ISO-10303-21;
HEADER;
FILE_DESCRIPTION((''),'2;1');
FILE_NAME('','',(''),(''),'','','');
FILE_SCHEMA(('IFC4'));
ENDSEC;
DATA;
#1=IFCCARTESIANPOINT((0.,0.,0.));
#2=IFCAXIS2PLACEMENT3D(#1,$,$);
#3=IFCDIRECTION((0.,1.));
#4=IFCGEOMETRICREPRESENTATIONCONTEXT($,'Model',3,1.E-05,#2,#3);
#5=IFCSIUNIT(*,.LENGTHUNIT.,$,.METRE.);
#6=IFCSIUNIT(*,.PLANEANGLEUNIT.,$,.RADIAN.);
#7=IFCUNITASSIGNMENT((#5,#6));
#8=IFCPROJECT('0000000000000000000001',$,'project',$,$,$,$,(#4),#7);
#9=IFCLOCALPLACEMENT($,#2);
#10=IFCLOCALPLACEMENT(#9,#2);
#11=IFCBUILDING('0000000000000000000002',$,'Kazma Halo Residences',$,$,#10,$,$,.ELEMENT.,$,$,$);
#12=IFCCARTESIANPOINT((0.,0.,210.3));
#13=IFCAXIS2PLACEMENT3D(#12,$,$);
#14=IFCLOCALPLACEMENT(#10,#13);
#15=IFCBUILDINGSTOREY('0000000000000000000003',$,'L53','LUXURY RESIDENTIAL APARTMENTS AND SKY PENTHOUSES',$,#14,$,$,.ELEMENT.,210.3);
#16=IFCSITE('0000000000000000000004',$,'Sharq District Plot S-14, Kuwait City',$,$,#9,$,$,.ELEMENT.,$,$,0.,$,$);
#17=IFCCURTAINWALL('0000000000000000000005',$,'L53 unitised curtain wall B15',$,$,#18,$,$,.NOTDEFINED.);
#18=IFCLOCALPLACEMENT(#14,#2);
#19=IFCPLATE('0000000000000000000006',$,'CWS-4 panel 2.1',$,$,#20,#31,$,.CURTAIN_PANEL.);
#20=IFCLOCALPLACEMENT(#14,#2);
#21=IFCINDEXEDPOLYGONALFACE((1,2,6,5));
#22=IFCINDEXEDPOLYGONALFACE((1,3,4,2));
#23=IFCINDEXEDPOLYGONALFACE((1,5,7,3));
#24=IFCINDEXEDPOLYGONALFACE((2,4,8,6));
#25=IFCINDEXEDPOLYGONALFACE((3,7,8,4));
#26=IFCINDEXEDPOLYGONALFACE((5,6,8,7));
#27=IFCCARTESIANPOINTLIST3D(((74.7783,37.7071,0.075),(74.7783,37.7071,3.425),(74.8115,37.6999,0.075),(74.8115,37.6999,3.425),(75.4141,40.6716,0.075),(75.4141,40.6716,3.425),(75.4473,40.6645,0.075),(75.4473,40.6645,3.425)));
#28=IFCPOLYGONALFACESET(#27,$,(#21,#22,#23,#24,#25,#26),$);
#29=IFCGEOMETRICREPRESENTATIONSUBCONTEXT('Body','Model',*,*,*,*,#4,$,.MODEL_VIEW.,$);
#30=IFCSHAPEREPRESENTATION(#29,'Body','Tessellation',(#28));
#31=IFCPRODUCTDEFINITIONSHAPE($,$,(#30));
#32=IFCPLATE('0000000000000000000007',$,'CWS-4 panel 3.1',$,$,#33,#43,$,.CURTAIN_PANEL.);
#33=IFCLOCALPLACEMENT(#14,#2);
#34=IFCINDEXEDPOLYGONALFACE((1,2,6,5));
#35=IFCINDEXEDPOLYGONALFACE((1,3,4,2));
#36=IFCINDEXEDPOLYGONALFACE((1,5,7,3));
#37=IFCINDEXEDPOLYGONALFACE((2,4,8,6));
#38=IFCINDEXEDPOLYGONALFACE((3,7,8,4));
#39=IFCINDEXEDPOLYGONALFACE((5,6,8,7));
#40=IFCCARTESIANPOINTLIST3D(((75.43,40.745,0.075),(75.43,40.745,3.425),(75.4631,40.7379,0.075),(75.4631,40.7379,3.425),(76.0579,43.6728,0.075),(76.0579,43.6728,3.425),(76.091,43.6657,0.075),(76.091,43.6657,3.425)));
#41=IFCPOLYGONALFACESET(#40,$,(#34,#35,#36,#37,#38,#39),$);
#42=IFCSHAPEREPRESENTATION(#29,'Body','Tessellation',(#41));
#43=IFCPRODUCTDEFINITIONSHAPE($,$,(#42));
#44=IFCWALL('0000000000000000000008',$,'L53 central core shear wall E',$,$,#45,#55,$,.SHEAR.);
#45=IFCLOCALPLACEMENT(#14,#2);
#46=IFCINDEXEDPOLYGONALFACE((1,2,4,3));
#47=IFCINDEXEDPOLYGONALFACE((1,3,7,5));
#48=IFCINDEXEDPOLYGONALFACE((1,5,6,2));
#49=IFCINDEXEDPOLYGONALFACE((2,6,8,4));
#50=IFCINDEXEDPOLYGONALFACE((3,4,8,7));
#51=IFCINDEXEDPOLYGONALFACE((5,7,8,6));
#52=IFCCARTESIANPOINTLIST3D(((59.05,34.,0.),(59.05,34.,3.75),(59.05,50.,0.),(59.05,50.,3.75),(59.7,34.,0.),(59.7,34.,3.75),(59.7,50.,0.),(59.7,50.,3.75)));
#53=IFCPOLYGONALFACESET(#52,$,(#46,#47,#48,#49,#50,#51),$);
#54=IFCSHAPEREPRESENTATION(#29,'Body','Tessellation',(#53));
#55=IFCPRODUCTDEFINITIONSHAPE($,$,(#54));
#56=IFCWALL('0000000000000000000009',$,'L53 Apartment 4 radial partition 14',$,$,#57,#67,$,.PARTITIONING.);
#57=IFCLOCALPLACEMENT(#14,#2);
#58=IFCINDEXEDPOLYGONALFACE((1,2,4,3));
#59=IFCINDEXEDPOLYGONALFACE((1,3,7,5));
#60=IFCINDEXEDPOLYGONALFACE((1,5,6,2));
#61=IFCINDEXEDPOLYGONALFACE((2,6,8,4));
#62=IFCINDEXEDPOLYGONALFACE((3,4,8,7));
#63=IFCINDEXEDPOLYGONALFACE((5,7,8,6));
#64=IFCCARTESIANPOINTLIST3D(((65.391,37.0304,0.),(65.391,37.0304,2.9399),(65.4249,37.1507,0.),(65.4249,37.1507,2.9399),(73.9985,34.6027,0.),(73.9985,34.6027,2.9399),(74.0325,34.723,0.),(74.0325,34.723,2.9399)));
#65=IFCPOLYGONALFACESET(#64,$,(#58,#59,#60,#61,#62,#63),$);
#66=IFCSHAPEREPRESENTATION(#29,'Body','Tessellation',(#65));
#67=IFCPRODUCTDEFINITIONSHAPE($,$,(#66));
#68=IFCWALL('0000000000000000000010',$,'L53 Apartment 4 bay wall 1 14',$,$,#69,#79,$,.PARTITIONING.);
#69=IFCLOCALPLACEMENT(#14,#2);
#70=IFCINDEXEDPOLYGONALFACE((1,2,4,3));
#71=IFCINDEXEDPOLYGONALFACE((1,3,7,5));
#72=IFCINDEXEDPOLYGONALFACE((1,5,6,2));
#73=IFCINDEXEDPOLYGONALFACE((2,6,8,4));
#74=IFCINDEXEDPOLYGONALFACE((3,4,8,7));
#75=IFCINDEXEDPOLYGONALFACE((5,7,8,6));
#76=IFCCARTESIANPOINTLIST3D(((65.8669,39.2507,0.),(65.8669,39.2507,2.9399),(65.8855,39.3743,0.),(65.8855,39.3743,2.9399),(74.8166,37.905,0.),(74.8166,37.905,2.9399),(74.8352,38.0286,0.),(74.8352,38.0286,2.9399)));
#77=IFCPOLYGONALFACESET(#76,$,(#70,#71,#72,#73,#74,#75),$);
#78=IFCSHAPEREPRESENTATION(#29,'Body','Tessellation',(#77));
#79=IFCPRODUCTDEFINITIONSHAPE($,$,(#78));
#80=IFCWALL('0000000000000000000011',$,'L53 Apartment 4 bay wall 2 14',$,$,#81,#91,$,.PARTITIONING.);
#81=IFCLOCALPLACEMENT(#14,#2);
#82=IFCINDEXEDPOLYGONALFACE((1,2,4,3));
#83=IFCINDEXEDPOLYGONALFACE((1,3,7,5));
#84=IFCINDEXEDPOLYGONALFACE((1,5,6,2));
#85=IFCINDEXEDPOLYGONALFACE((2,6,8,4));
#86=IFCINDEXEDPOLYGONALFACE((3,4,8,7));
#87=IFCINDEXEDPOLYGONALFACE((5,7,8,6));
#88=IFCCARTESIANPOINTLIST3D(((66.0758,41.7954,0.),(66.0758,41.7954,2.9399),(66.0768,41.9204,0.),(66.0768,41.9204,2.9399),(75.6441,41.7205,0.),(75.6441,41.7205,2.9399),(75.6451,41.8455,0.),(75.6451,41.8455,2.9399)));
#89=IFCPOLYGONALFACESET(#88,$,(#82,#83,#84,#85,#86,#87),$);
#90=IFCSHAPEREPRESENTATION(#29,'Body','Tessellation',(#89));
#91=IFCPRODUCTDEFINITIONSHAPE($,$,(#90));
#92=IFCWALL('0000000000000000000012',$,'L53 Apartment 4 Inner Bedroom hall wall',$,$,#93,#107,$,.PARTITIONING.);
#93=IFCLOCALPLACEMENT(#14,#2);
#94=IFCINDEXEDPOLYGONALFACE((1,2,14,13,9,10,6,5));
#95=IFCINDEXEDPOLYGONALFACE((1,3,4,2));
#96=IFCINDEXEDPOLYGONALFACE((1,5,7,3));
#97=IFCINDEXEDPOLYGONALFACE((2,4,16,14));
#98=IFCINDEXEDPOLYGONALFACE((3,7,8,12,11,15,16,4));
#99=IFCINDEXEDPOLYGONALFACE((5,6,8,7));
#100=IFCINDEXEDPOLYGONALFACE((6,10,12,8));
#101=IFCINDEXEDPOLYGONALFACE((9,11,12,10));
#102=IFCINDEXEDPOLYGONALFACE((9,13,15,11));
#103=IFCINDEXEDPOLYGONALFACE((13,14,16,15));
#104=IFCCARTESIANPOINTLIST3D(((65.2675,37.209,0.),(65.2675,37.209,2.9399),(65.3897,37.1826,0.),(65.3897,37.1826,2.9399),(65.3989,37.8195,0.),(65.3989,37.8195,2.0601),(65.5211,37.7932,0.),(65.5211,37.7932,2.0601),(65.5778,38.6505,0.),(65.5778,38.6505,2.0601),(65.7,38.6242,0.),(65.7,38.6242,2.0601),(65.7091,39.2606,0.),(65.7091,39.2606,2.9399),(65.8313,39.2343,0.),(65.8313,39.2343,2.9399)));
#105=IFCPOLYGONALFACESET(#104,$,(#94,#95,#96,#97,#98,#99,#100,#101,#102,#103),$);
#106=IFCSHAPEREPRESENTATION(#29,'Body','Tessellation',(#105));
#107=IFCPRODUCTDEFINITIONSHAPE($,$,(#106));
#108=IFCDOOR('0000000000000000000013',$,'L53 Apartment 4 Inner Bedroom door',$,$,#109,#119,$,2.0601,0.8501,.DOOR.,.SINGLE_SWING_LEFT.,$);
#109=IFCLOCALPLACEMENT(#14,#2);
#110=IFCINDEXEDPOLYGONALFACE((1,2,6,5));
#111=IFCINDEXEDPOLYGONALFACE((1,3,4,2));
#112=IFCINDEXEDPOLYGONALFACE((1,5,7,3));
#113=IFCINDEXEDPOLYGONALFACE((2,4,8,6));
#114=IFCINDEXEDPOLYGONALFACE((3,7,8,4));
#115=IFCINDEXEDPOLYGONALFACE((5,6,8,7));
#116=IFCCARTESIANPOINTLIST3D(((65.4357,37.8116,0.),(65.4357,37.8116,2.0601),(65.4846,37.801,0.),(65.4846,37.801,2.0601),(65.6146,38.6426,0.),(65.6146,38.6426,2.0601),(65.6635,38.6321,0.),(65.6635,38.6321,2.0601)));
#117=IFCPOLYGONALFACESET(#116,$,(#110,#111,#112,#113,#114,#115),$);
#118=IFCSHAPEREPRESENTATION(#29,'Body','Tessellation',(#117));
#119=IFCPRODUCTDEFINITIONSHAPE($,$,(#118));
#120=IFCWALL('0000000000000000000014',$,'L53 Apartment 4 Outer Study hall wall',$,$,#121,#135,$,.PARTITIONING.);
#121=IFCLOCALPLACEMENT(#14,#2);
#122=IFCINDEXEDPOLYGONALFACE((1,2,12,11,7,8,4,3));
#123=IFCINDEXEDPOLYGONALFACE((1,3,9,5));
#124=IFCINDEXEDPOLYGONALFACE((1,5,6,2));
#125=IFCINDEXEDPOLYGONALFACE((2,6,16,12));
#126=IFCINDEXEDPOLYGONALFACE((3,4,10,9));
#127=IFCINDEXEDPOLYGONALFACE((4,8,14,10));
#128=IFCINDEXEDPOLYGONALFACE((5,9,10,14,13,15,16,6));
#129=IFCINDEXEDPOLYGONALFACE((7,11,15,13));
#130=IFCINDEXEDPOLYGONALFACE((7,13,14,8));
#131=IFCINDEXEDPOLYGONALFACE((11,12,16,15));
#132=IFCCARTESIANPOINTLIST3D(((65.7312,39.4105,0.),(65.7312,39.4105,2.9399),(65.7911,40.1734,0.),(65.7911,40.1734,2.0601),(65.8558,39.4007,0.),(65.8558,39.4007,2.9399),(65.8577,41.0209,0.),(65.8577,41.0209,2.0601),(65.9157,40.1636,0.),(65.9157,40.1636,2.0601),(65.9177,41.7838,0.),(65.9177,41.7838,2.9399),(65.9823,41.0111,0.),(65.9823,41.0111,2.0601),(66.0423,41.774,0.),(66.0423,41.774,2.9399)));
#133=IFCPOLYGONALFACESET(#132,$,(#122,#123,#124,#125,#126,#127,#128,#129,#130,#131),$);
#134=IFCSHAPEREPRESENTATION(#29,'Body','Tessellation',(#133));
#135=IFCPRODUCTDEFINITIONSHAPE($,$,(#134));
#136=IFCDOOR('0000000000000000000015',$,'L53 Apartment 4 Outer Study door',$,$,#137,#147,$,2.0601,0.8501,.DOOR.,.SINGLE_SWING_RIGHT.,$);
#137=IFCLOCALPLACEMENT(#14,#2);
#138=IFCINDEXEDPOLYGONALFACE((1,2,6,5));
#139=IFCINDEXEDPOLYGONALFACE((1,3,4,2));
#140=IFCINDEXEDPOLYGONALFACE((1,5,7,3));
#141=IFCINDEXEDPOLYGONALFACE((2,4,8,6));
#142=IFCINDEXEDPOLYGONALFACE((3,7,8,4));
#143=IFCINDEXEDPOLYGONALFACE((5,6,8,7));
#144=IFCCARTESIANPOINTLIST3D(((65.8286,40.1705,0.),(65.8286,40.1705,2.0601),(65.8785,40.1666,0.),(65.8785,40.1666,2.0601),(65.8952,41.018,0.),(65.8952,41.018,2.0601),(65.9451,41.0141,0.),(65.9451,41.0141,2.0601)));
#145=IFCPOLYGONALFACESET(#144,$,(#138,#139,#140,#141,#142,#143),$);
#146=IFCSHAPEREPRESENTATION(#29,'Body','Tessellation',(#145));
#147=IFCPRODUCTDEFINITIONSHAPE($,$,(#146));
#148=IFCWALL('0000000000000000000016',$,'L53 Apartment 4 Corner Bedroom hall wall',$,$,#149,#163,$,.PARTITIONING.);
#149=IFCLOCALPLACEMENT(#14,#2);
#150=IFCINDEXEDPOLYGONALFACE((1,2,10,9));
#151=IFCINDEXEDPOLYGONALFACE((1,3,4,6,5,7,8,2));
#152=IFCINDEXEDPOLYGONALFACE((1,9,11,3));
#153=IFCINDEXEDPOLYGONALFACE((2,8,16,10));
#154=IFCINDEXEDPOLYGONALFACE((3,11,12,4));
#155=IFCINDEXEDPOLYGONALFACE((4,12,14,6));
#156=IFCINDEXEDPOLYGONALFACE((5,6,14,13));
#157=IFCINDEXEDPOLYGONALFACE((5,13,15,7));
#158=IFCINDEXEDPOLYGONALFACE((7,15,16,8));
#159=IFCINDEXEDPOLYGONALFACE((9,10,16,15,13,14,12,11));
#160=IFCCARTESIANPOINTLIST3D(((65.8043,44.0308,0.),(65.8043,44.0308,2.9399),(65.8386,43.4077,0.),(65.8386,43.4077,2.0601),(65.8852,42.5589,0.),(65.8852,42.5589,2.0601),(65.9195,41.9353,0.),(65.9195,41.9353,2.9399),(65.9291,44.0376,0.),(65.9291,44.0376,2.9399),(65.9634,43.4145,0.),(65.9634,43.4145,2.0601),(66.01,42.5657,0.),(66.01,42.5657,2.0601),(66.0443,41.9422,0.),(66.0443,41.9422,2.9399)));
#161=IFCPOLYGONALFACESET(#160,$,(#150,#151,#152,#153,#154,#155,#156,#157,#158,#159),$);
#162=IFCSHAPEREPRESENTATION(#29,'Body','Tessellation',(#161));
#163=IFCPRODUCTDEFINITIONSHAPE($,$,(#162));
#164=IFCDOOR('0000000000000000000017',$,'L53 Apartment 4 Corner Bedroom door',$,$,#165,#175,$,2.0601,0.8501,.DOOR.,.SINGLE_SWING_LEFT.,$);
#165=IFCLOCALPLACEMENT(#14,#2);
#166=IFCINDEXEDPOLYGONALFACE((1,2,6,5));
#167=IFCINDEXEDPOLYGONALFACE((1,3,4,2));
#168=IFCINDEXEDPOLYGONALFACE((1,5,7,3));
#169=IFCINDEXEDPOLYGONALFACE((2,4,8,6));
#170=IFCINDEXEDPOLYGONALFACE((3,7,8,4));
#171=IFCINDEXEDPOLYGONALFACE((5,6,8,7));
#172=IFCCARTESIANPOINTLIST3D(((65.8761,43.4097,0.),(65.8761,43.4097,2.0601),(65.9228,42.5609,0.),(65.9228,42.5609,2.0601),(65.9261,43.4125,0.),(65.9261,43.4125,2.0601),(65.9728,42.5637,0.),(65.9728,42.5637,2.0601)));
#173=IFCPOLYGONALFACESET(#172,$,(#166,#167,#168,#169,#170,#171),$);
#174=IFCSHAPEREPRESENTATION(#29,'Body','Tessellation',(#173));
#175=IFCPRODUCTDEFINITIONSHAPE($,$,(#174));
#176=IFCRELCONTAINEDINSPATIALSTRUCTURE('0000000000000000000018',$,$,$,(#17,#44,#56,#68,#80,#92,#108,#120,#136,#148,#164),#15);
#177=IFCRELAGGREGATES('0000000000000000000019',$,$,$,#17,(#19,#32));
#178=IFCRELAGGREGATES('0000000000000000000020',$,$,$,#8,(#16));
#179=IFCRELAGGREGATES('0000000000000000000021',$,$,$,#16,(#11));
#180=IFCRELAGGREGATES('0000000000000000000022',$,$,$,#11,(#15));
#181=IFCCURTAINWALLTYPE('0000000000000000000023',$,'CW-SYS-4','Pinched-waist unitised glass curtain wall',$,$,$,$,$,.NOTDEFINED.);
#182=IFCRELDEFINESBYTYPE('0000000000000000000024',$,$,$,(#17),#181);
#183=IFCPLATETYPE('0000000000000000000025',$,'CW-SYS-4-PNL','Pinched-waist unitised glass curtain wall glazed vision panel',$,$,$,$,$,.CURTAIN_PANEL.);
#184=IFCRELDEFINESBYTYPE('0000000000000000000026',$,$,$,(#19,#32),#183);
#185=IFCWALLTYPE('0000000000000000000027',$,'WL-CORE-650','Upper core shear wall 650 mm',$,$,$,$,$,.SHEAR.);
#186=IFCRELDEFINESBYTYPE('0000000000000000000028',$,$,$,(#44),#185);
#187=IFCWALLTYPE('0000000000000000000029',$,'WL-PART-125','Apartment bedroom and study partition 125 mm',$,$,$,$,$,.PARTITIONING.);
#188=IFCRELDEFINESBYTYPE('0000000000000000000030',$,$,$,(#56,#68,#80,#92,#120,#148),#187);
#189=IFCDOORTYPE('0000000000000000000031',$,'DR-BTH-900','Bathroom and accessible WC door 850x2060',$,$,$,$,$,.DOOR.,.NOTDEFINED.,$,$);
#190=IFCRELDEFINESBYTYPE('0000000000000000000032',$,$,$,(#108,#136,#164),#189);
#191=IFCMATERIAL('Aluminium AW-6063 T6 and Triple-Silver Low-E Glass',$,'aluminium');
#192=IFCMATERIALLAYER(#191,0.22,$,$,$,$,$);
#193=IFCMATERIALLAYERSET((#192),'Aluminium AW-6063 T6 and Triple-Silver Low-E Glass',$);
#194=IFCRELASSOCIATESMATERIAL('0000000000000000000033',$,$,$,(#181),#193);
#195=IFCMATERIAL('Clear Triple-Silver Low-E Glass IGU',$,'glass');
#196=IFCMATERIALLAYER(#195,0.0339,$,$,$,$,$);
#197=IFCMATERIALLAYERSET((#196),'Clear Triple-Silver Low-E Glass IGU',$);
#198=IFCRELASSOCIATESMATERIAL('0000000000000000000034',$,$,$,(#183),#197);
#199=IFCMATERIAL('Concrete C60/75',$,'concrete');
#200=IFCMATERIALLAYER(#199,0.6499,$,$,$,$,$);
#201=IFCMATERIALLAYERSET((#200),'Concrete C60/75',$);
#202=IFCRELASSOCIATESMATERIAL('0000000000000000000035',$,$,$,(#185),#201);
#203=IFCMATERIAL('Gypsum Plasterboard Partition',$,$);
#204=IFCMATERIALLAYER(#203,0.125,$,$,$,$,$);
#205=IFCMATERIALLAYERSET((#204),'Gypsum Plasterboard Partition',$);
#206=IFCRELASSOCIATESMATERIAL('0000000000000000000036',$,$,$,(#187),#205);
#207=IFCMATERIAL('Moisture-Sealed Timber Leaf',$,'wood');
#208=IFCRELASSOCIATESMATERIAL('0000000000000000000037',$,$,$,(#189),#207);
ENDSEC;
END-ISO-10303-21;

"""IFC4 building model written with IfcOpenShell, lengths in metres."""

from ifc_helpers import new_model, si_unit, direction, frame, frame_2d, origin, origin_2d, place, context, subcontext, project, spatial, rectangle, extrude, material, layer, layer_set, type_object, element, fill, aggregate, save


model = new_model("IFC4")

# Units and contexts
model_context = context("Model", 3, precision=1e-05, world=origin(), true_north=direction((0.0, 1.0)))
body_context = subcontext(model_context, "Body", "Model", "MODEL_VIEW")
ifc_project = project(units=[si_unit("LENGTHUNIT", "METRE"), si_unit("PLANEANGLEUNIT", "RADIAN")], contexts=[model_context])

# Site, building, storey
site_placement = place(None, origin())
site = spatial("IfcSite", under=ifc_project, at=site_placement, Name="Sharq District Plot S-14, Kuwait City", CompositionType="ELEMENT", RefElevation=0.0)
building_placement = place(site_placement, origin())
building = spatial("IfcBuilding", under=site, at=building_placement, Name="Kazma Halo Residences", CompositionType="ELEMENT")
storey_placement = place(building_placement, frame((0.0, 0.0, 210.3)))
storey = spatial("IfcBuildingStorey", under=building, at=storey_placement, Name="L53", Description="LUXURY RESIDENTIAL APARTMENTS AND SKY PENTHOUSES", CompositionType="ELEMENT", Elevation=210.3)

# Curtain wall, plates
ifc_material_1 = material(Name="Aluminium AW-6063 T6 and Triple-Silver Low-E Glass", Category="aluminium")
ifc_layer_1 = layer(ifc_material_1, 0.22)
ifc_layer_set_1 = layer_set([ifc_layer_1], Name="Aluminium AW-6063 T6 and Triple-Silver Low-E Glass")
curtain_wall_type = type_object("IfcCurtainWallType", Name="CW-SYS-4", Description="Pinched-waist unitised glass curtain wall", PredefinedType="NOTDEFINED", material=ifc_layer_set_1)
curtain_wall_placement = place(storey_placement, origin())
curtain_wall = element("IfcCurtainWall", 1, at=curtain_wall_placement, inside=storey, type_object=curtain_wall_type, Name="L53 unitised curtain wall B15", PredefinedType="NOTDEFINED")
ifc_material_2 = material(Name="Clear Triple-Silver Low-E Glass IGU", Category="glass")
ifc_layer_2 = layer(ifc_material_2, 0.0339)
ifc_layer_set_2 = layer_set([ifc_layer_2], Name="Clear Triple-Silver Low-E Glass IGU")
plate_type = type_object("IfcPlateType", Name="CW-SYS-4-PNL", Description="Pinched-waist unitised glass curtain wall glazed vision panel", PredefinedType="CURTAIN_PANEL", material=ifc_layer_set_2)
plate_1_placement = place(storey_placement, frame((75.1128, 39.1858, 0.075), z_axis=(0.0, 0.0, 1.0), x_axis=(0.20969, 0.977768, 0.0)))
plate_1 = element("IfcPlate", 2, at=plate_1_placement, type_object=plate_type, Name="CWS-4 panel 2.1", PredefinedType="CURTAIN_PANEL", context=body_context, shape_type="SweptSolid", body=[
    extrude(rectangle(XDim=3.032, YDim=0.0339, at=origin_2d()), origin(), (0.0, 0.0, 1.0), 3.3501),
])
plate_2_placement = place(storey_placement, frame((75.7605, 42.2053, 0.075), z_axis=(0.0, 0.0, 1.0), x_axis=(0.20969, 0.977768, 0.0)))
plate_2 = element("IfcPlate", 3, at=plate_2_placement, type_object=plate_type, Name="CWS-4 panel 3.1", PredefinedType="CURTAIN_PANEL", context=body_context, shape_type="SweptSolid", body=[
    extrude(rectangle(XDim=2.9944, YDim=0.0339, at=origin_2d()), origin(), (0.0, 0.0, 1.0), 3.3501),
])
aggregate(curtain_wall, [plate_1, plate_2])

# Walls
ifc_material_3 = material(Name="Concrete C60/75", Category="concrete")
ifc_layer_3 = layer(ifc_material_3, 0.6499)
ifc_layer_set_3 = layer_set([ifc_layer_3], Name="Concrete C60/75")
wall_type_1 = type_object("IfcWallType", Name="WL-CORE-650", Description="Upper core shear wall 650 mm", PredefinedType="SHEAR", material=ifc_layer_set_3)
wall_1_placement = place(storey_placement, frame((59.375, 34.0, 0.0), z_axis=(0.0, 0.0, 1.0), x_axis=(0.0, 1.0, 0.0)))
element("IfcWall", 4, at=wall_1_placement, inside=storey, type_object=wall_type_1, Name="L53 central core shear wall E", PredefinedType="SHEAR", context=body_context, shape_type="SweptSolid", body=[
    extrude(rectangle(XDim=16.0, YDim=0.6499, at=frame_2d((8.0, 0.0))), origin(), (0.0, 0.0, 1.0), 3.75),
])
ifc_material_4 = material(Name="Gypsum Plasterboard Partition")
ifc_layer_4 = layer(ifc_material_4, 0.125)
ifc_layer_set_4 = layer_set([ifc_layer_4], Name="Gypsum Plasterboard Partition")
wall_type_2 = type_object("IfcWallType", Name="WL-PART-125", Description="Apartment bedroom and study partition 125 mm", PredefinedType="PARTITIONING", material=ifc_layer_set_4)
wall_2_placement = place(storey_placement, frame((65.408, 37.0906, 0.0), z_axis=(0.0, 0.0, 1.0), x_axis=(0.96245, -0.27146, 0.0)))
element("IfcWall", 5, at=wall_2_placement, inside=storey, type_object=wall_type_2, Name="L53 Apartment 4 radial partition 14", PredefinedType="PARTITIONING", context=body_context, shape_type="SweptSolid", body=[
    extrude(rectangle(XDim=8.9434, YDim=0.125, at=frame_2d((4.4717, 0.0))), origin(), (0.0, 0.0, 1.0), 2.9399),
])
wall_3_placement = place(storey_placement, frame((65.8762, 39.3125, 0.0), z_axis=(0.0, 0.0, 1.0), x_axis=(0.988884, -0.148691, 0.0)))
element("IfcWall", 6, at=wall_3_placement, inside=storey, type_object=wall_type_2, Name="L53 Apartment 4 bay wall 1 14", PredefinedType="PARTITIONING", context=body_context, shape_type="SweptSolid", body=[
    extrude(rectangle(XDim=9.0503, YDim=0.125, at=frame_2d((4.5251, 0.0))), origin(), (0.0, 0.0, 1.0), 2.9399),
])
wall_4_placement = place(storey_placement, frame((66.0764, 41.8579, 0.0), z_axis=(0.0, 0.0, 1.0), x_axis=(0.999969, -0.007833, 0.0)))
element("IfcWall", 7, at=wall_4_placement, inside=storey, type_object=wall_type_2, Name="L53 Apartment 4 bay wall 2 14", PredefinedType="PARTITIONING", context=body_context, shape_type="SweptSolid", body=[
    extrude(rectangle(XDim=9.5686, YDim=0.125, at=frame_2d((4.7842, 0.0))), origin(), (0.0, 0.0, 1.0), 2.9399),
])

# Walls, openings, doors
wall_5_placement = place(storey_placement, frame((65.3286, 37.1958, 0.0), z_axis=(0.0, 0.0, 1.0), x_axis=(0.210435, 0.977608, 0.0)))
wall_5 = element("IfcWall", 8, at=wall_5_placement, inside=storey, type_object=wall_type_2, Name="L53 Apartment 4 Inner Bedroom hall wall", PredefinedType="PARTITIONING", context=body_context, shape_type="SweptSolid", body=[
    extrude(rectangle(XDim=2.0986, YDim=0.125, at=frame_2d((1.0493, 0.0))), origin(), (0.0, 0.0, 1.0), 2.9399),
])
opening_1_placement = place(wall_5_placement, frame((0.6245, 0.0, 0.0)))
opening_1 = element("IfcOpeningElement", 9, at=opening_1_placement, cuts=wall_5, PredefinedType="OPENING", context=body_context, shape_type="SweptSolid", body=[
    extrude(rectangle(XDim=0.8501, YDim=2.0601, at=frame_2d((0.425, 1.03))), frame((0.0, 0.0725, 0.0), z_axis=(0.0, -1.0, 0.0), x_axis=(1.0, 0.0, 0.0)), (0.0, 0.0, 1.0), 0.145),
])
ifc_material_5 = material(Name="Moisture-Sealed Timber Leaf", Category="wood")
door_type = type_object("IfcDoorType", Name="DR-BTH-900", Description="Bathroom and accessible WC door 850x2060", OperationType="NOTDEFINED", PredefinedType="DOOR", material=ifc_material_5)
door_1_placement = place(opening_1_placement, origin())
door_1 = element("IfcDoor", 10, at=door_1_placement, inside=storey, type_object=door_type, Name="L53 Apartment 4 Inner Bedroom door", OperationType="SINGLE_SWING_LEFT", OverallHeight=2.0601, OverallWidth=0.8501, PredefinedType="DOOR", context=body_context, shape_type="SweptSolid", body=[
    extrude(rectangle(XDim=0.8501, YDim=2.0601, at=frame_2d((0.425, 1.03))), frame((0.0, 0.0249, 0.0), z_axis=(0.0, -1.0, 0.0), x_axis=(1.0, 0.0, 0.0)), (0.0, 0.0, 1.0), 0.05),
])
fill(opening_1, door_1)
wall_6_placement = place(storey_placement, frame((65.7935, 39.4055, 0.0), z_axis=(0.0, 0.0, 1.0), x_axis=(0.078351, 0.996926, 0.0)))
wall_6 = element("IfcWall", 11, at=wall_6_placement, inside=storey, type_object=wall_type_2, Name="L53 Apartment 4 Outer Study hall wall", PredefinedType="PARTITIONING", context=body_context, shape_type="SweptSolid", body=[
    extrude(rectangle(XDim=2.3806, YDim=0.125, at=frame_2d((1.1904, 0.0))), origin(), (0.0, 0.0, 1.0), 2.9399),
])
opening_2_placement = place(wall_6_placement, frame((0.7654, 0.0, 0.0)))
opening_2 = element("IfcOpeningElement", 12, at=opening_2_placement, cuts=wall_6, PredefinedType="OPENING", context=body_context, shape_type="SweptSolid", body=[
    extrude(rectangle(XDim=0.8501, YDim=2.0601, at=frame_2d((0.425, 1.03))), frame((0.0, 0.0725, 0.0), z_axis=(0.0, -1.0, 0.0), x_axis=(1.0, 0.0, 0.0)), (0.0, 0.0, 1.0), 0.145),
])
door_2_placement = place(opening_2_placement, origin())
door_2 = element("IfcDoor", 13, at=door_2_placement, inside=storey, type_object=door_type, Name="L53 Apartment 4 Outer Study door", OperationType="SINGLE_SWING_RIGHT", OverallHeight=2.0601, OverallWidth=0.8501, PredefinedType="DOOR", context=body_context, shape_type="SweptSolid", body=[
    extrude(rectangle(XDim=0.8501, YDim=2.0601, at=frame_2d((0.425, 1.03))), frame((0.0, 0.0249, 0.0), z_axis=(0.0, -1.0, 0.0), x_axis=(1.0, 0.0, 0.0)), (0.0, 0.0, 1.0), 0.05),
])
fill(opening_2, door_2)
wall_7_placement = place(storey_placement, frame((65.9819, 41.9387, 0.0), z_axis=(0.0, 0.0, 1.0), x_axis=(-0.054909, 0.998491, 0.0)))
wall_7 = element("IfcWall", 14, at=wall_7_placement, inside=storey, type_object=wall_type_2, Name="L53 Apartment 4 Corner Bedroom hall wall", PredefinedType="PARTITIONING", context=body_context, shape_type="SweptSolid", body=[
    extrude(rectangle(XDim=2.0986, YDim=0.125, at=frame_2d((1.0493, 0.0))), origin(), (0.0, 0.0, 1.0), 2.9399),
])
opening_3_placement = place(wall_7_placement, frame((0.6245, 0.0, 0.0)))
opening_3 = element("IfcOpeningElement", 15, at=opening_3_placement, cuts=wall_7, PredefinedType="OPENING", context=body_context, shape_type="SweptSolid", body=[
    extrude(rectangle(XDim=0.8501, YDim=2.0601, at=frame_2d((0.425, 1.03))), frame((0.0, 0.0725, 0.0), z_axis=(0.0, -1.0, 0.0), x_axis=(1.0, 0.0, 0.0)), (0.0, 0.0, 1.0), 0.145),
])
door_3_placement = place(opening_3_placement, origin())
door_3 = element("IfcDoor", 16, at=door_3_placement, inside=storey, type_object=door_type, Name="L53 Apartment 4 Corner Bedroom door", OperationType="SINGLE_SWING_LEFT", OverallHeight=2.0601, OverallWidth=0.8501, PredefinedType="DOOR", context=body_context, shape_type="SweptSolid", body=[
    extrude(rectangle(XDim=0.8501, YDim=2.0601, at=frame_2d((0.425, 1.03))), frame((0.0, 0.0249, 0.0), z_axis=(0.0, -1.0, 0.0), x_axis=(1.0, 0.0, 0.0)), (0.0, 0.0, 1.0), 0.05),
])
fill(opening_3, door_3)

save(model, "model.ifc")
